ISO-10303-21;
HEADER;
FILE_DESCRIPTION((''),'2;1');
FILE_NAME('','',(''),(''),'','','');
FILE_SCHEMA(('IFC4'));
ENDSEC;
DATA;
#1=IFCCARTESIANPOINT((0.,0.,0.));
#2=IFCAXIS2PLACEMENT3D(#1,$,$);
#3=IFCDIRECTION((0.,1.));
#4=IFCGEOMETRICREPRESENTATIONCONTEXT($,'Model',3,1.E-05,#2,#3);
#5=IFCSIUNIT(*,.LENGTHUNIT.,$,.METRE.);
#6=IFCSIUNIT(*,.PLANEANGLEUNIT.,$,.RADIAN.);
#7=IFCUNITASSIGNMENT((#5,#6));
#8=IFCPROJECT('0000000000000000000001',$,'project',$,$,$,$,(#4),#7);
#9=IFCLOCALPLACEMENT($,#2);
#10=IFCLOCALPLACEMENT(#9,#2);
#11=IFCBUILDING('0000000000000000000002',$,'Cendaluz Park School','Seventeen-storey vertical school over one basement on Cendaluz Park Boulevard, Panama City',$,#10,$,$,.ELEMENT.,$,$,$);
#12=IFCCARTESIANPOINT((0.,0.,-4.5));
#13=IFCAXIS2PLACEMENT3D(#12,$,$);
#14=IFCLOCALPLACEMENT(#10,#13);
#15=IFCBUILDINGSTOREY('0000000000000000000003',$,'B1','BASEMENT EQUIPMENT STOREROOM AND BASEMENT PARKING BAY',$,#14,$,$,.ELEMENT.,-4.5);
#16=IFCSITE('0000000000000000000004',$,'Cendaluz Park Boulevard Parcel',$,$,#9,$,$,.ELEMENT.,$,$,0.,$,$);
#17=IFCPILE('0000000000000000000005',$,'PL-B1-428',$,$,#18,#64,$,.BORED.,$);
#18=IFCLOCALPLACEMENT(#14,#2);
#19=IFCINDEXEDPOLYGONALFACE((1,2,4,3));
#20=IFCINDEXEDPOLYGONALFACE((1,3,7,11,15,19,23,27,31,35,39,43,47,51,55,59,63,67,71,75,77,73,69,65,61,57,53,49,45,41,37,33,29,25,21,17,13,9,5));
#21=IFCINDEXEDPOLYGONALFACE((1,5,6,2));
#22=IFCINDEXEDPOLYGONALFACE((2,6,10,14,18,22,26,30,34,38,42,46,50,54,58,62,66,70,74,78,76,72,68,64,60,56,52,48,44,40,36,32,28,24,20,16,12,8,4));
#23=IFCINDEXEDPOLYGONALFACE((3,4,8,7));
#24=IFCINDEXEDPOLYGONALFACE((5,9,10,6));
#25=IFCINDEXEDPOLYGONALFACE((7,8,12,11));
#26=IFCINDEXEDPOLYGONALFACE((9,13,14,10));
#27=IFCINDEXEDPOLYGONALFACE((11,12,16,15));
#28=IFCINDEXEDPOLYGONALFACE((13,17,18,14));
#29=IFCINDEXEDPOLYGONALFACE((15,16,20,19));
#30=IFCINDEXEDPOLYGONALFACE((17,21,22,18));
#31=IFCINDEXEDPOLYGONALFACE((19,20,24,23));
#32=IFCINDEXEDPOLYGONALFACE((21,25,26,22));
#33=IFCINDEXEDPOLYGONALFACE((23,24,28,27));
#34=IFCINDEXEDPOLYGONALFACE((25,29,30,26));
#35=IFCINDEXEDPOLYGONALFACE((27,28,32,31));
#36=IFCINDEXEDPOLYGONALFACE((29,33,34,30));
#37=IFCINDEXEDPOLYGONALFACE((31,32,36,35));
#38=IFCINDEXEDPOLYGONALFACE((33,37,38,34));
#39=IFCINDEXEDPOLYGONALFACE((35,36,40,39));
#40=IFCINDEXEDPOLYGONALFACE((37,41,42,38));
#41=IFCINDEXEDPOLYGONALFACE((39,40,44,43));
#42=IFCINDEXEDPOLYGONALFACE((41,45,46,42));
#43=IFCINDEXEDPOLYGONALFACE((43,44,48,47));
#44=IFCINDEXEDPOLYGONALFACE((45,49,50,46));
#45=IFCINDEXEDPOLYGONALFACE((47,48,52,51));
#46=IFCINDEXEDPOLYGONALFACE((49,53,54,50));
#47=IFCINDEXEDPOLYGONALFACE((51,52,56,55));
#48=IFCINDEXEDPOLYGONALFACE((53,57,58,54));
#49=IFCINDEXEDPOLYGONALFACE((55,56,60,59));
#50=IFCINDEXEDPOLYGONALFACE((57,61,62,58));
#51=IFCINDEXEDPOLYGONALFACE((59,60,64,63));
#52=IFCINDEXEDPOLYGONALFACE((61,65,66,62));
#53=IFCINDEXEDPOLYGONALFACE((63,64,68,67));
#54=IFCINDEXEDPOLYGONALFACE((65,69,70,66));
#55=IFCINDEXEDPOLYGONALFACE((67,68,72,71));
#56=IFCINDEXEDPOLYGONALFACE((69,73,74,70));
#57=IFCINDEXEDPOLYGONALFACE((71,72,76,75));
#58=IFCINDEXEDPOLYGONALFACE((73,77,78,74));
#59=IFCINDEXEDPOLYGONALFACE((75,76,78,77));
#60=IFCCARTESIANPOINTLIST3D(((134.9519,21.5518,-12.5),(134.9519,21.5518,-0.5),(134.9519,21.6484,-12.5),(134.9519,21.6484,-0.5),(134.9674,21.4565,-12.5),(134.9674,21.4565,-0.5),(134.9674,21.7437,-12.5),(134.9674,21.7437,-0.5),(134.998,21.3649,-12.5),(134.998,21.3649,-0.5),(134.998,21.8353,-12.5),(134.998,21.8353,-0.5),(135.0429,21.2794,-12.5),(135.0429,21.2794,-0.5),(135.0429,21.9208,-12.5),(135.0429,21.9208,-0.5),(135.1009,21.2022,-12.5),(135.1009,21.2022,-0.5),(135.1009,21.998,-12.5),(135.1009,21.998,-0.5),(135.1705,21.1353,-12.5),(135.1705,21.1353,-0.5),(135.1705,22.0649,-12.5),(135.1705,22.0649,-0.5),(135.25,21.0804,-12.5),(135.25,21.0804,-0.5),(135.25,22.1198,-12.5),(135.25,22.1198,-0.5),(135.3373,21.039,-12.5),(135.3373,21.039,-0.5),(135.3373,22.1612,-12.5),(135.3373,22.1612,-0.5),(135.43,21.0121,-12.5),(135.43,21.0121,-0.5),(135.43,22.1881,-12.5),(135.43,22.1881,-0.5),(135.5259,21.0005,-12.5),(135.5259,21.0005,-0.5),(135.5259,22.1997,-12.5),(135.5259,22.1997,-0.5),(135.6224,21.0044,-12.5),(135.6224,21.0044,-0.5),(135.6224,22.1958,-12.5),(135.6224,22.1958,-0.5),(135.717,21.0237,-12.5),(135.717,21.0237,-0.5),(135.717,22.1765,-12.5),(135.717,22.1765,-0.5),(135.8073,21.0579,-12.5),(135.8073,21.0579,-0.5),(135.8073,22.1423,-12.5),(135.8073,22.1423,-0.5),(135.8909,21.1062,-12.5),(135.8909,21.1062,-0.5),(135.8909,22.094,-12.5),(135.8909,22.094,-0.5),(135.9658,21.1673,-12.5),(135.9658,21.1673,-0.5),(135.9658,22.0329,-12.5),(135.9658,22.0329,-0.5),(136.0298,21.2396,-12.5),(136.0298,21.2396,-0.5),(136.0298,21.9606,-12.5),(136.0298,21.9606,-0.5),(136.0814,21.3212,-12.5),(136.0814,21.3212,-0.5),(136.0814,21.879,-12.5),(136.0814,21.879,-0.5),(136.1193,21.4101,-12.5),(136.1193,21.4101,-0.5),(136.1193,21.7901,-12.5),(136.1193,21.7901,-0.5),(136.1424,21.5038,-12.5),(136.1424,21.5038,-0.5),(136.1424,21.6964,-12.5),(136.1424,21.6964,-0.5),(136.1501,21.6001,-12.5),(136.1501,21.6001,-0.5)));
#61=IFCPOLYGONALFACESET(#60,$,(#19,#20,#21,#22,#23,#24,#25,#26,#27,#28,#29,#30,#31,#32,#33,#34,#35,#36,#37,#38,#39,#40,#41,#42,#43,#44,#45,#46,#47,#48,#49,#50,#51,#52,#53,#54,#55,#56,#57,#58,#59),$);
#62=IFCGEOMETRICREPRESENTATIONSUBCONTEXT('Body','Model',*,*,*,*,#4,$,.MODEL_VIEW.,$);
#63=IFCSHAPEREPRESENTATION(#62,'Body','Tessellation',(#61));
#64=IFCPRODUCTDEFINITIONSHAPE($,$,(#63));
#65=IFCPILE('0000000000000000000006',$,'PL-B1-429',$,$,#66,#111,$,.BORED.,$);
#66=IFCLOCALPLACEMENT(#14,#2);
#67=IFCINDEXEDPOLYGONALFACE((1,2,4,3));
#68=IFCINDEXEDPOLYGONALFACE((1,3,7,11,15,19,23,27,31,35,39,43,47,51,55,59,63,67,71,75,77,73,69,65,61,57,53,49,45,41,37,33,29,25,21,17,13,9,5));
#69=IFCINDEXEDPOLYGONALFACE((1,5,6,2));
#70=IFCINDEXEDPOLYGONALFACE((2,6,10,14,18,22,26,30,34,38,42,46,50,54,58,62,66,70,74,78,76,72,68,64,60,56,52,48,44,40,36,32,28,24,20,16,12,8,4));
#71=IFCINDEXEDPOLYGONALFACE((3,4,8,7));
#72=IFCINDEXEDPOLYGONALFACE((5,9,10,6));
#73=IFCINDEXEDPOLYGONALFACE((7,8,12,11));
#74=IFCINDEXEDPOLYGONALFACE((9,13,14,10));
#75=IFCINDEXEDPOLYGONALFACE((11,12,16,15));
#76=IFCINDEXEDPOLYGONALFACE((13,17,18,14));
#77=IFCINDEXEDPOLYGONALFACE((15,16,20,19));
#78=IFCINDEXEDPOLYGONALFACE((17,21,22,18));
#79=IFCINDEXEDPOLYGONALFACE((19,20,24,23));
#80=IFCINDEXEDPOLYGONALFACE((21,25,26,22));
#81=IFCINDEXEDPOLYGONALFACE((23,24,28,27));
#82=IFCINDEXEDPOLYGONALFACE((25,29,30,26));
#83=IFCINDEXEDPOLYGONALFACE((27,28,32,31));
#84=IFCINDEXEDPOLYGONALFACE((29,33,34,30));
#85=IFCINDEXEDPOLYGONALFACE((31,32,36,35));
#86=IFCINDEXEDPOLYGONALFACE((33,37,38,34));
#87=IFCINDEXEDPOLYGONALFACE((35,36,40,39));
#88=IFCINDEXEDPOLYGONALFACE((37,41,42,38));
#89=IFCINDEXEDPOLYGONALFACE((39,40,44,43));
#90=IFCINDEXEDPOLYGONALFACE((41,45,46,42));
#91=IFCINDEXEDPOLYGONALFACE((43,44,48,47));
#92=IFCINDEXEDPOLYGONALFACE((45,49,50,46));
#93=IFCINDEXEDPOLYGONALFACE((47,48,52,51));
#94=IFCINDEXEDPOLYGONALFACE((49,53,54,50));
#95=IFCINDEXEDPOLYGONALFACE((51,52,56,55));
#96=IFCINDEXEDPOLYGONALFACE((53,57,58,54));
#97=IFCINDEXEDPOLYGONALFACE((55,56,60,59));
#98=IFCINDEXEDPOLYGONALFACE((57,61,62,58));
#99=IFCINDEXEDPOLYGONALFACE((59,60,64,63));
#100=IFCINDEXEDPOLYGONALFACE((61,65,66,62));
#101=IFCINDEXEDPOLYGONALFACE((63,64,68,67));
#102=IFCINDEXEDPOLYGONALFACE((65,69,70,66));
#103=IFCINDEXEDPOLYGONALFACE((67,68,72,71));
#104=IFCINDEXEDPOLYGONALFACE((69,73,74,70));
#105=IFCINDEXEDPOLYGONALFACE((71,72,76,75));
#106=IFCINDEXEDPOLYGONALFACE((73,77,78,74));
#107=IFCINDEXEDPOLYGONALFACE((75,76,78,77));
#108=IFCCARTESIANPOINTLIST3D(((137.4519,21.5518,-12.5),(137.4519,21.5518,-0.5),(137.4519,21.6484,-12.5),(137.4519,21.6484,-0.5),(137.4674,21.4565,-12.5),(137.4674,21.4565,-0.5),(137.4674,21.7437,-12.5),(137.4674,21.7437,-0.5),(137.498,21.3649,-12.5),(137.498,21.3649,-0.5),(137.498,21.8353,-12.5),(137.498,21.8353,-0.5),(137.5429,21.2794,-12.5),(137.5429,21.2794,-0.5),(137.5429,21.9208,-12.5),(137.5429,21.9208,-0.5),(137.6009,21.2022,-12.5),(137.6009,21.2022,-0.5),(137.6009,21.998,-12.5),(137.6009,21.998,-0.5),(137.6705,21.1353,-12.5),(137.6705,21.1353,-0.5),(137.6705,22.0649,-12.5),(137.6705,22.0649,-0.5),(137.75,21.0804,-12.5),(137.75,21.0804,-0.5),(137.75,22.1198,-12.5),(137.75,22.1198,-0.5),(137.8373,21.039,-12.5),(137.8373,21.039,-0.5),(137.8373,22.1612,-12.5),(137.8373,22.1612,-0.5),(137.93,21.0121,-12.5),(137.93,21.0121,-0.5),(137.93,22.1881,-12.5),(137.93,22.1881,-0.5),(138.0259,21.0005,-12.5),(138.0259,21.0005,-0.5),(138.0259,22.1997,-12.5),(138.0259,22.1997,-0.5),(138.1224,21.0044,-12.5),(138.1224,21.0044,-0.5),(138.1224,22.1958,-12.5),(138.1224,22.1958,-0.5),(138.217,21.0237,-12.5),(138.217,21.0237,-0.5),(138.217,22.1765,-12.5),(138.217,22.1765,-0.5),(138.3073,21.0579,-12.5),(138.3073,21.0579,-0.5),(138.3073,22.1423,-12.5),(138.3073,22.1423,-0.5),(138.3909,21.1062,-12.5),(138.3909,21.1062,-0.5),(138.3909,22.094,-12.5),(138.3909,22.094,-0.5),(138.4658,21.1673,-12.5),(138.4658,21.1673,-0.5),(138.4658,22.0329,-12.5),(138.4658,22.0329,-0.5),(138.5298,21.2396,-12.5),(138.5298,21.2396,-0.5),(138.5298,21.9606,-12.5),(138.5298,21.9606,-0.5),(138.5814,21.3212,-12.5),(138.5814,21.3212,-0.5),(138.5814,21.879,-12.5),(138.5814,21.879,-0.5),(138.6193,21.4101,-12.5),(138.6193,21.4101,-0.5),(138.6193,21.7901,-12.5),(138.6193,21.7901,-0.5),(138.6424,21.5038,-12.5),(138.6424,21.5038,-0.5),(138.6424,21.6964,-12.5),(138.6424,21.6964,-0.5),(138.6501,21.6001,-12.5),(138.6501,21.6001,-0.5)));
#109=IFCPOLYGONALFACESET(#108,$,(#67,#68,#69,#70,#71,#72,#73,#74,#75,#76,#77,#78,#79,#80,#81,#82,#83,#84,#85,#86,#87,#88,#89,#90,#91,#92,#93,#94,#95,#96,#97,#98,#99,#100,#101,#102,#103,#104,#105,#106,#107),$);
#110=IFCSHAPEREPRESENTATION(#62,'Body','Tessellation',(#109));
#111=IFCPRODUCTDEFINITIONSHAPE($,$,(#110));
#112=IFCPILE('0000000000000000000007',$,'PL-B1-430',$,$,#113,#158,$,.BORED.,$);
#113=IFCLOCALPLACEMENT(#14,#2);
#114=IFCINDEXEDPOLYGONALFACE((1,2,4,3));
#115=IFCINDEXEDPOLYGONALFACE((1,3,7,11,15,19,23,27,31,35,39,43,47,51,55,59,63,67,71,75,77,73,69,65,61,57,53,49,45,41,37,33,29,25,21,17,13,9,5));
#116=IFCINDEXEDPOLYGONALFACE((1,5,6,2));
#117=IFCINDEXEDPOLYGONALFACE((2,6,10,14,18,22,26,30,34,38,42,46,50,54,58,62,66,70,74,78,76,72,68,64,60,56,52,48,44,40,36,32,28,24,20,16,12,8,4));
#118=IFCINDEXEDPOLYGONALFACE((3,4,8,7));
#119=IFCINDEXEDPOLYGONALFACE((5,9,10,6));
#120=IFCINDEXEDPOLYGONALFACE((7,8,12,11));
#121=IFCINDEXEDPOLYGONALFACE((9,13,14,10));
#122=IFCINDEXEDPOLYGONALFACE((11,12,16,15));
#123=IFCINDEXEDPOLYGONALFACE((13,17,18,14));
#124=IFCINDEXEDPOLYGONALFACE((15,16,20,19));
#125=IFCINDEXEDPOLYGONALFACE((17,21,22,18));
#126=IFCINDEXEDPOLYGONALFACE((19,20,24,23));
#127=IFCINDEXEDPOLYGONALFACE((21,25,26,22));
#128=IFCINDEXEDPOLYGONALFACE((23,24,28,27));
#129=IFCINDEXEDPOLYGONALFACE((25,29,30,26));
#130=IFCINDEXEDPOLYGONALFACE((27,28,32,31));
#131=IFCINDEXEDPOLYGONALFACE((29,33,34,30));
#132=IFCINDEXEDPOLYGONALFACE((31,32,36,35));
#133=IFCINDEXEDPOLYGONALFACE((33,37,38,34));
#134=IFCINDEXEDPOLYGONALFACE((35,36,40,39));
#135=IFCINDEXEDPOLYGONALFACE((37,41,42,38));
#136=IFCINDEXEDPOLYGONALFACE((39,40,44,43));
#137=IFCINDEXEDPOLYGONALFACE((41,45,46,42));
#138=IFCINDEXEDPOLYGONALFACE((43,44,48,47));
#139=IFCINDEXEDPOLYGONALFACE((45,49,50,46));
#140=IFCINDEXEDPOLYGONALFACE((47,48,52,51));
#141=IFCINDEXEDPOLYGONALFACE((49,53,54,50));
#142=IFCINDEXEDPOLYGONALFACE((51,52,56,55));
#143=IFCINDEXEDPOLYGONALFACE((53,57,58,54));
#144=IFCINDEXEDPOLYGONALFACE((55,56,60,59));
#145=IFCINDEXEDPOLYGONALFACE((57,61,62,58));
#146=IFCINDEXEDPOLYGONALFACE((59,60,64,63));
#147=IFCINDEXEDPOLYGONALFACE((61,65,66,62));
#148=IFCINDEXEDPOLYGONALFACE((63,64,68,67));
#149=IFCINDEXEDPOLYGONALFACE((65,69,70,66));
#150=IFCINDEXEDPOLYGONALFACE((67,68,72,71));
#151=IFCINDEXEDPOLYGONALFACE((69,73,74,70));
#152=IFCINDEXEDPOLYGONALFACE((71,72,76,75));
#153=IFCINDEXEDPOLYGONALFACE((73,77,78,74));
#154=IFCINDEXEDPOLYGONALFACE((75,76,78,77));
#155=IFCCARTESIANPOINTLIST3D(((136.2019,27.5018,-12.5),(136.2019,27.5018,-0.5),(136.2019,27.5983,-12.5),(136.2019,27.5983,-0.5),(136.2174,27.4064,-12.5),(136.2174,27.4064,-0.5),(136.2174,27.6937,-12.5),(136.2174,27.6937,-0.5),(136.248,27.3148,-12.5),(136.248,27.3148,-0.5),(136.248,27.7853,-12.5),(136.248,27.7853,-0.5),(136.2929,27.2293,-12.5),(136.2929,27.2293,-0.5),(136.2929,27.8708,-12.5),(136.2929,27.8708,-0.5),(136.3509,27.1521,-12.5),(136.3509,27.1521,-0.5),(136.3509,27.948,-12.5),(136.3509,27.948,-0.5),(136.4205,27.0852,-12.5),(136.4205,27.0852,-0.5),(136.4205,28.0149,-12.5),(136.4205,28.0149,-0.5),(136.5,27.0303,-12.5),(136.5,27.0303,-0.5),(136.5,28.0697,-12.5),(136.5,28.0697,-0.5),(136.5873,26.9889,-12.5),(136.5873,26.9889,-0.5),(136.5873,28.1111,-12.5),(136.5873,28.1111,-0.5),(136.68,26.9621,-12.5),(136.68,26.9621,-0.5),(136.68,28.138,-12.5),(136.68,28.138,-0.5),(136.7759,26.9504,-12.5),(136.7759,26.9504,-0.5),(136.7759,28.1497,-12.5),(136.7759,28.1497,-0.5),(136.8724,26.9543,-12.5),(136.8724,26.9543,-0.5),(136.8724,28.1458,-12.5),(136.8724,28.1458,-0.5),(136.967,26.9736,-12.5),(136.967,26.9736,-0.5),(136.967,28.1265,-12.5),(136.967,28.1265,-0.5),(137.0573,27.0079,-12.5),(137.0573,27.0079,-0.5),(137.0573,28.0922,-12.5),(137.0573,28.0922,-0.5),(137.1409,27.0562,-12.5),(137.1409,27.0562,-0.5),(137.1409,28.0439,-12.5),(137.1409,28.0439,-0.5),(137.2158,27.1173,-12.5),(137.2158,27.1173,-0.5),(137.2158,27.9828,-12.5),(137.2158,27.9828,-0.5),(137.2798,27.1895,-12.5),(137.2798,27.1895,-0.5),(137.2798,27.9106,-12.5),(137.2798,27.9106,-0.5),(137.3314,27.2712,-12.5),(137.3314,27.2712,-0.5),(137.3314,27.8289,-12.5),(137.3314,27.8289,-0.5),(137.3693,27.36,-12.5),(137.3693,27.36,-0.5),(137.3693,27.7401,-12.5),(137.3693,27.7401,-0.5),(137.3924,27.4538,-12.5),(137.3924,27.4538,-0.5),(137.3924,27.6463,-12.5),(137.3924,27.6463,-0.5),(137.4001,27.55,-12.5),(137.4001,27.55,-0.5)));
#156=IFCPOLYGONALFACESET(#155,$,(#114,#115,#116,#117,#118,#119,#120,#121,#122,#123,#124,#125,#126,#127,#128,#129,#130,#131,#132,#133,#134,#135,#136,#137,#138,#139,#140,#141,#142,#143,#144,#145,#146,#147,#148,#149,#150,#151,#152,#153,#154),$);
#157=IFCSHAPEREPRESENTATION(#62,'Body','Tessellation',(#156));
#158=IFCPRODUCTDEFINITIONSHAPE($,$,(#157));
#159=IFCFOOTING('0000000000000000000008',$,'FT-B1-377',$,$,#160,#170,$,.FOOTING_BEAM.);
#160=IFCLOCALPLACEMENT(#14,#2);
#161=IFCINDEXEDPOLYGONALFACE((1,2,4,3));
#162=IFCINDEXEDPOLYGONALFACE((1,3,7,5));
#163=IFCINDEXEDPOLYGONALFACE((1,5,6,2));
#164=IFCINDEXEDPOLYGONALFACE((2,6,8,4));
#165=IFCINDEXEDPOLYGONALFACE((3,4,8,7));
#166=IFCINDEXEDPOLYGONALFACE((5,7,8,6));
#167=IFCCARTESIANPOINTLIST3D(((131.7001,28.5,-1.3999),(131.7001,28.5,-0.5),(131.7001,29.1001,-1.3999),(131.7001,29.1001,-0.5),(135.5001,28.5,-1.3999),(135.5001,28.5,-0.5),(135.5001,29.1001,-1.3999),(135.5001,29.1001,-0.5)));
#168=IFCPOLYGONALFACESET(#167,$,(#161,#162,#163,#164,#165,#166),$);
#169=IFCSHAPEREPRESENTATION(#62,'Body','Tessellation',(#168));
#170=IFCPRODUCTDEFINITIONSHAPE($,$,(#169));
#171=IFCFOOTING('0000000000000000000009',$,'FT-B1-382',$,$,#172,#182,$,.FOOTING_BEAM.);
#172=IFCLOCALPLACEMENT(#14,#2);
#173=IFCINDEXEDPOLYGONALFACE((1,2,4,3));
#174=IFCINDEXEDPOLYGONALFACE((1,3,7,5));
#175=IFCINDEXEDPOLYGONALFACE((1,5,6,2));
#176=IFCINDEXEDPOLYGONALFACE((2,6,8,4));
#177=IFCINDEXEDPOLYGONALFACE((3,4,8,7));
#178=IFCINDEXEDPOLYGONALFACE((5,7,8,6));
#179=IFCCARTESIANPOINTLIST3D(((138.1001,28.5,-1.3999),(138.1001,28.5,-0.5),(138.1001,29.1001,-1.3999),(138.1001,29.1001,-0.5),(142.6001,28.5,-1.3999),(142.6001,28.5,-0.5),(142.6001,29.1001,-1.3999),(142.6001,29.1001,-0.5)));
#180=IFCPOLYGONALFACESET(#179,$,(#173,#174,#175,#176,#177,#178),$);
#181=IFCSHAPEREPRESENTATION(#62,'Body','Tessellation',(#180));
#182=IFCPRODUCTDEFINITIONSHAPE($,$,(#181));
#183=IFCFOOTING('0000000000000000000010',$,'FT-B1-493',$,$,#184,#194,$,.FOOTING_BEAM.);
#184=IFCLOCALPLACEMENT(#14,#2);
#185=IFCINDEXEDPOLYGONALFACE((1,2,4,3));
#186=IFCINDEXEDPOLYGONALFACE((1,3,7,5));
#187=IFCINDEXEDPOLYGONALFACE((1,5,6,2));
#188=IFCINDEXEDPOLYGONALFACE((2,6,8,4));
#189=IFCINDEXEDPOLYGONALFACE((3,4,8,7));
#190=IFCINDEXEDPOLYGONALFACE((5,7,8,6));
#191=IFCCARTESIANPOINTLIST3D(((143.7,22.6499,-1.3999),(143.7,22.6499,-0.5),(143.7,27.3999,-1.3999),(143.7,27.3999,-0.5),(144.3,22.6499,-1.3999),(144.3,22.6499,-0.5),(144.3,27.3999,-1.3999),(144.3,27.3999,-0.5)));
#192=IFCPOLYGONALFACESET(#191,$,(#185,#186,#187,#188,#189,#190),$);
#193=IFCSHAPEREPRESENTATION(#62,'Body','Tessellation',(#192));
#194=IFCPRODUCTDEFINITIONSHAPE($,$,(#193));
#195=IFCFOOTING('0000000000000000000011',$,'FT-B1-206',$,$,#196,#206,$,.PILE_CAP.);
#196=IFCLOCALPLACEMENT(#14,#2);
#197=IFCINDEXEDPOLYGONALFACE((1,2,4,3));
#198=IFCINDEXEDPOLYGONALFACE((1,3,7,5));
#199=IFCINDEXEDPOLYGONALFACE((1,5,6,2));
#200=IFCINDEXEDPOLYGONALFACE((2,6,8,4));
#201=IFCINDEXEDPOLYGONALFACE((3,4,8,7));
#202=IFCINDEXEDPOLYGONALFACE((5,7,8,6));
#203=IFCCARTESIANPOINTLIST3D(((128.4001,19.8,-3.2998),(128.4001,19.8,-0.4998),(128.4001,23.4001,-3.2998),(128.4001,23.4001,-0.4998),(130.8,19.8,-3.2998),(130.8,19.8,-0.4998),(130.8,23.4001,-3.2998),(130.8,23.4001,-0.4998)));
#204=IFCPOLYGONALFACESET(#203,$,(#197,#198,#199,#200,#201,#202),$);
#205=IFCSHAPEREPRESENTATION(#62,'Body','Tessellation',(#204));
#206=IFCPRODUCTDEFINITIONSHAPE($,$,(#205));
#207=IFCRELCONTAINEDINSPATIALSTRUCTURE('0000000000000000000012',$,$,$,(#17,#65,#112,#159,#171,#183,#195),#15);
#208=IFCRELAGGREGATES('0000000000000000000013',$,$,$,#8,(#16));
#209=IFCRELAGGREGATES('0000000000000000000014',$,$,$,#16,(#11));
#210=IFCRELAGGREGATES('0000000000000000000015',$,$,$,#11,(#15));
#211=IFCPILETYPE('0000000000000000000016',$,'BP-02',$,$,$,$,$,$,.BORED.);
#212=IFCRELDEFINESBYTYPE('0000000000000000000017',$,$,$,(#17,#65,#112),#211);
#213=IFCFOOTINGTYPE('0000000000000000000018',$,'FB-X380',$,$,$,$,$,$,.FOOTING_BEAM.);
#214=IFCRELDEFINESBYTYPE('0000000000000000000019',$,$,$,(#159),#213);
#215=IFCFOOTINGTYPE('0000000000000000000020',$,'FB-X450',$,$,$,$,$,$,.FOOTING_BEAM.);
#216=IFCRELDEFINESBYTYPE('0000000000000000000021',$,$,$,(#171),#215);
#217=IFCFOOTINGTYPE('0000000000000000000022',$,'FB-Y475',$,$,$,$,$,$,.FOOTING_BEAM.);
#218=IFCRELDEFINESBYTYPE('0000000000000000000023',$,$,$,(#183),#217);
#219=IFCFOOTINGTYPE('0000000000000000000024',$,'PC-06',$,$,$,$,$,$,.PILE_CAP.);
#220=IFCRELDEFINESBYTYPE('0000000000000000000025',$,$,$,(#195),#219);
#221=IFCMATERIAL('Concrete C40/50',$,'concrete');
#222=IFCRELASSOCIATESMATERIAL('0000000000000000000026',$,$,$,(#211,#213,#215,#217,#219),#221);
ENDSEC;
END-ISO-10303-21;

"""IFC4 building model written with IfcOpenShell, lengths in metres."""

from ifc_helpers import new_model, si_unit, direction, frame, origin, origin_2d, place, context, subcontext, project, spatial, rectangle, circle, extrude, material, material_profile, profile_set, type_object, element, save


model = new_model("IFC4")

# Units and contexts
model_context = context("Model", 3, precision=1e-05, world=origin(), true_north=direction((0.0, 1.0)))
body_context = subcontext(model_context, "Body", "Model", "MODEL_VIEW")
ifc_project = project(units=[si_unit("LENGTHUNIT", "METRE"), si_unit("PLANEANGLEUNIT", "RADIAN")], contexts=[model_context])

# Site, building, storey
site_placement = place(None, origin())
site = spatial("IfcSite", under=ifc_project, at=site_placement, Name="Cendaluz Park Boulevard Parcel", CompositionType="ELEMENT", RefElevation=0.0)
building_placement = place(site_placement, origin())
building = spatial("IfcBuilding", under=site, at=building_placement, Name="Cendaluz Park School", Description="Seventeen-storey vertical school over one basement on Cendaluz Park Boulevard, Panama City", CompositionType="ELEMENT")
storey_placement = place(building_placement, frame((0.0, 0.0, -4.5)))
storey = spatial("IfcBuildingStorey", under=building, at=storey_placement, Name="B1", Description="BASEMENT EQUIPMENT STOREROOM AND BASEMENT PARKING BAY", CompositionType="ELEMENT", Elevation=-4.5)

# Piles
ifc_material_1 = material(Name="Concrete C40/50", Category="concrete")
ifc_material_profile_1 = material_profile(ifc_material_1, circle(Radius=0.6001, at=origin_2d()), Name="BP D1200", Category="concrete")
ifc_profile_set_1 = profile_set([ifc_material_profile_1], Name="Concrete C40/50")
pile_type_1 = type_object("IfcPileType", Name="BP-02", PredefinedType="BORED", material=ifc_profile_set_1)
for number, where, z_axis, x_axis, name in (
    (1, (135.55, 21.6001, -0.5), (0.0, 0.0, -1.0), (1.0, 0.0, 0.0), "PL-B1-428"),
    (2, (138.05, 21.6001, -0.5), (0.0, 0.0, -1.0), (1.0, 0.0, 0.0), "PL-B1-429"),
    (3, (136.8, 27.55, -0.5), (0.0, 0.0, -1.0), (1.0, 0.0, 0.0), "PL-B1-430"),
):
    element("IfcPile", number, at=place(storey_placement, frame(where, z_axis=z_axis, x_axis=x_axis)), inside=storey, type_object=pile_type_1, Name=name, PredefinedType="BORED", context=body_context, shape_type="SweptSolid", body=[
        extrude(circle(Radius=0.6001, at=origin_2d()), origin(), (0.0, 0.0, 1.0), 12.0),
    ])

# Footings
footing_type_1 = type_object("IfcFootingType", Name="FB-X380", PredefinedType="FOOTING_BEAM", material=ifc_material_1)
footing_1_placement = place(storey_placement, frame((133.6001, 28.8, -1.3999), z_axis=(0.0, 0.0, 1.0), x_axis=(1.0, 0.0, 0.0)))
element("IfcFooting", 4, at=footing_1_placement, inside=storey, type_object=footing_type_1, Name="FT-B1-377", PredefinedType="FOOTING_BEAM", context=body_context, shape_type="SweptSolid", body=[
    extrude(rectangle(XDim=3.8, YDim=0.6001, at=origin_2d()), origin(), (0.0, 0.0, 1.0), 0.8999),
])
footing_type_2 = type_object("IfcFootingType", Name="FB-X450", PredefinedType="FOOTING_BEAM", material=ifc_material_1)
footing_2_placement = place(storey_placement, frame((140.3501, 28.8, -1.3999), z_axis=(0.0, 0.0, 1.0), x_axis=(1.0, 0.0, 0.0)))
element("IfcFooting", 5, at=footing_2_placement, inside=storey, type_object=footing_type_2, Name="FT-B1-382", PredefinedType="FOOTING_BEAM", context=body_context, shape_type="SweptSolid", body=[
    extrude(rectangle(XDim=4.5, YDim=0.6001, at=origin_2d()), origin(), (0.0, 0.0, 1.0), 0.8999),
])
footing_type_3 = type_object("IfcFootingType", Name="FB-Y475", PredefinedType="FOOTING_BEAM", material=ifc_material_1)
footing_3_placement = place(storey_placement, frame((144.0, 25.0249, -1.3999), z_axis=(0.0, 0.0, 1.0), x_axis=(1.0, 0.0, 0.0)))
element("IfcFooting", 6, at=footing_3_placement, inside=storey, type_object=footing_type_3, Name="FT-B1-493", PredefinedType="FOOTING_BEAM", context=body_context, shape_type="SweptSolid", body=[
    extrude(rectangle(XDim=0.6001, YDim=4.75, at=origin_2d()), origin(), (0.0, 0.0, 1.0), 0.8999),
])
footing_type_4 = type_object("IfcFootingType", Name="PC-06", PredefinedType="PILE_CAP", material=ifc_material_1)
footing_4_placement = place(storey_placement, frame((129.6001, 21.6001, -3.2998), z_axis=(0.0, 0.0, 1.0), x_axis=(1.0, 0.0, 0.0)))
element("IfcFooting", 7, at=footing_4_placement, inside=storey, type_object=footing_type_4, Name="FT-B1-206", PredefinedType="PILE_CAP", context=body_context, shape_type="SweptSolid", body=[
    extrude(rectangle(XDim=2.3999, YDim=3.6001, at=origin_2d()), origin(), (0.0, 0.0, 1.0), 2.8),
])

save(model, "model.ifc")
